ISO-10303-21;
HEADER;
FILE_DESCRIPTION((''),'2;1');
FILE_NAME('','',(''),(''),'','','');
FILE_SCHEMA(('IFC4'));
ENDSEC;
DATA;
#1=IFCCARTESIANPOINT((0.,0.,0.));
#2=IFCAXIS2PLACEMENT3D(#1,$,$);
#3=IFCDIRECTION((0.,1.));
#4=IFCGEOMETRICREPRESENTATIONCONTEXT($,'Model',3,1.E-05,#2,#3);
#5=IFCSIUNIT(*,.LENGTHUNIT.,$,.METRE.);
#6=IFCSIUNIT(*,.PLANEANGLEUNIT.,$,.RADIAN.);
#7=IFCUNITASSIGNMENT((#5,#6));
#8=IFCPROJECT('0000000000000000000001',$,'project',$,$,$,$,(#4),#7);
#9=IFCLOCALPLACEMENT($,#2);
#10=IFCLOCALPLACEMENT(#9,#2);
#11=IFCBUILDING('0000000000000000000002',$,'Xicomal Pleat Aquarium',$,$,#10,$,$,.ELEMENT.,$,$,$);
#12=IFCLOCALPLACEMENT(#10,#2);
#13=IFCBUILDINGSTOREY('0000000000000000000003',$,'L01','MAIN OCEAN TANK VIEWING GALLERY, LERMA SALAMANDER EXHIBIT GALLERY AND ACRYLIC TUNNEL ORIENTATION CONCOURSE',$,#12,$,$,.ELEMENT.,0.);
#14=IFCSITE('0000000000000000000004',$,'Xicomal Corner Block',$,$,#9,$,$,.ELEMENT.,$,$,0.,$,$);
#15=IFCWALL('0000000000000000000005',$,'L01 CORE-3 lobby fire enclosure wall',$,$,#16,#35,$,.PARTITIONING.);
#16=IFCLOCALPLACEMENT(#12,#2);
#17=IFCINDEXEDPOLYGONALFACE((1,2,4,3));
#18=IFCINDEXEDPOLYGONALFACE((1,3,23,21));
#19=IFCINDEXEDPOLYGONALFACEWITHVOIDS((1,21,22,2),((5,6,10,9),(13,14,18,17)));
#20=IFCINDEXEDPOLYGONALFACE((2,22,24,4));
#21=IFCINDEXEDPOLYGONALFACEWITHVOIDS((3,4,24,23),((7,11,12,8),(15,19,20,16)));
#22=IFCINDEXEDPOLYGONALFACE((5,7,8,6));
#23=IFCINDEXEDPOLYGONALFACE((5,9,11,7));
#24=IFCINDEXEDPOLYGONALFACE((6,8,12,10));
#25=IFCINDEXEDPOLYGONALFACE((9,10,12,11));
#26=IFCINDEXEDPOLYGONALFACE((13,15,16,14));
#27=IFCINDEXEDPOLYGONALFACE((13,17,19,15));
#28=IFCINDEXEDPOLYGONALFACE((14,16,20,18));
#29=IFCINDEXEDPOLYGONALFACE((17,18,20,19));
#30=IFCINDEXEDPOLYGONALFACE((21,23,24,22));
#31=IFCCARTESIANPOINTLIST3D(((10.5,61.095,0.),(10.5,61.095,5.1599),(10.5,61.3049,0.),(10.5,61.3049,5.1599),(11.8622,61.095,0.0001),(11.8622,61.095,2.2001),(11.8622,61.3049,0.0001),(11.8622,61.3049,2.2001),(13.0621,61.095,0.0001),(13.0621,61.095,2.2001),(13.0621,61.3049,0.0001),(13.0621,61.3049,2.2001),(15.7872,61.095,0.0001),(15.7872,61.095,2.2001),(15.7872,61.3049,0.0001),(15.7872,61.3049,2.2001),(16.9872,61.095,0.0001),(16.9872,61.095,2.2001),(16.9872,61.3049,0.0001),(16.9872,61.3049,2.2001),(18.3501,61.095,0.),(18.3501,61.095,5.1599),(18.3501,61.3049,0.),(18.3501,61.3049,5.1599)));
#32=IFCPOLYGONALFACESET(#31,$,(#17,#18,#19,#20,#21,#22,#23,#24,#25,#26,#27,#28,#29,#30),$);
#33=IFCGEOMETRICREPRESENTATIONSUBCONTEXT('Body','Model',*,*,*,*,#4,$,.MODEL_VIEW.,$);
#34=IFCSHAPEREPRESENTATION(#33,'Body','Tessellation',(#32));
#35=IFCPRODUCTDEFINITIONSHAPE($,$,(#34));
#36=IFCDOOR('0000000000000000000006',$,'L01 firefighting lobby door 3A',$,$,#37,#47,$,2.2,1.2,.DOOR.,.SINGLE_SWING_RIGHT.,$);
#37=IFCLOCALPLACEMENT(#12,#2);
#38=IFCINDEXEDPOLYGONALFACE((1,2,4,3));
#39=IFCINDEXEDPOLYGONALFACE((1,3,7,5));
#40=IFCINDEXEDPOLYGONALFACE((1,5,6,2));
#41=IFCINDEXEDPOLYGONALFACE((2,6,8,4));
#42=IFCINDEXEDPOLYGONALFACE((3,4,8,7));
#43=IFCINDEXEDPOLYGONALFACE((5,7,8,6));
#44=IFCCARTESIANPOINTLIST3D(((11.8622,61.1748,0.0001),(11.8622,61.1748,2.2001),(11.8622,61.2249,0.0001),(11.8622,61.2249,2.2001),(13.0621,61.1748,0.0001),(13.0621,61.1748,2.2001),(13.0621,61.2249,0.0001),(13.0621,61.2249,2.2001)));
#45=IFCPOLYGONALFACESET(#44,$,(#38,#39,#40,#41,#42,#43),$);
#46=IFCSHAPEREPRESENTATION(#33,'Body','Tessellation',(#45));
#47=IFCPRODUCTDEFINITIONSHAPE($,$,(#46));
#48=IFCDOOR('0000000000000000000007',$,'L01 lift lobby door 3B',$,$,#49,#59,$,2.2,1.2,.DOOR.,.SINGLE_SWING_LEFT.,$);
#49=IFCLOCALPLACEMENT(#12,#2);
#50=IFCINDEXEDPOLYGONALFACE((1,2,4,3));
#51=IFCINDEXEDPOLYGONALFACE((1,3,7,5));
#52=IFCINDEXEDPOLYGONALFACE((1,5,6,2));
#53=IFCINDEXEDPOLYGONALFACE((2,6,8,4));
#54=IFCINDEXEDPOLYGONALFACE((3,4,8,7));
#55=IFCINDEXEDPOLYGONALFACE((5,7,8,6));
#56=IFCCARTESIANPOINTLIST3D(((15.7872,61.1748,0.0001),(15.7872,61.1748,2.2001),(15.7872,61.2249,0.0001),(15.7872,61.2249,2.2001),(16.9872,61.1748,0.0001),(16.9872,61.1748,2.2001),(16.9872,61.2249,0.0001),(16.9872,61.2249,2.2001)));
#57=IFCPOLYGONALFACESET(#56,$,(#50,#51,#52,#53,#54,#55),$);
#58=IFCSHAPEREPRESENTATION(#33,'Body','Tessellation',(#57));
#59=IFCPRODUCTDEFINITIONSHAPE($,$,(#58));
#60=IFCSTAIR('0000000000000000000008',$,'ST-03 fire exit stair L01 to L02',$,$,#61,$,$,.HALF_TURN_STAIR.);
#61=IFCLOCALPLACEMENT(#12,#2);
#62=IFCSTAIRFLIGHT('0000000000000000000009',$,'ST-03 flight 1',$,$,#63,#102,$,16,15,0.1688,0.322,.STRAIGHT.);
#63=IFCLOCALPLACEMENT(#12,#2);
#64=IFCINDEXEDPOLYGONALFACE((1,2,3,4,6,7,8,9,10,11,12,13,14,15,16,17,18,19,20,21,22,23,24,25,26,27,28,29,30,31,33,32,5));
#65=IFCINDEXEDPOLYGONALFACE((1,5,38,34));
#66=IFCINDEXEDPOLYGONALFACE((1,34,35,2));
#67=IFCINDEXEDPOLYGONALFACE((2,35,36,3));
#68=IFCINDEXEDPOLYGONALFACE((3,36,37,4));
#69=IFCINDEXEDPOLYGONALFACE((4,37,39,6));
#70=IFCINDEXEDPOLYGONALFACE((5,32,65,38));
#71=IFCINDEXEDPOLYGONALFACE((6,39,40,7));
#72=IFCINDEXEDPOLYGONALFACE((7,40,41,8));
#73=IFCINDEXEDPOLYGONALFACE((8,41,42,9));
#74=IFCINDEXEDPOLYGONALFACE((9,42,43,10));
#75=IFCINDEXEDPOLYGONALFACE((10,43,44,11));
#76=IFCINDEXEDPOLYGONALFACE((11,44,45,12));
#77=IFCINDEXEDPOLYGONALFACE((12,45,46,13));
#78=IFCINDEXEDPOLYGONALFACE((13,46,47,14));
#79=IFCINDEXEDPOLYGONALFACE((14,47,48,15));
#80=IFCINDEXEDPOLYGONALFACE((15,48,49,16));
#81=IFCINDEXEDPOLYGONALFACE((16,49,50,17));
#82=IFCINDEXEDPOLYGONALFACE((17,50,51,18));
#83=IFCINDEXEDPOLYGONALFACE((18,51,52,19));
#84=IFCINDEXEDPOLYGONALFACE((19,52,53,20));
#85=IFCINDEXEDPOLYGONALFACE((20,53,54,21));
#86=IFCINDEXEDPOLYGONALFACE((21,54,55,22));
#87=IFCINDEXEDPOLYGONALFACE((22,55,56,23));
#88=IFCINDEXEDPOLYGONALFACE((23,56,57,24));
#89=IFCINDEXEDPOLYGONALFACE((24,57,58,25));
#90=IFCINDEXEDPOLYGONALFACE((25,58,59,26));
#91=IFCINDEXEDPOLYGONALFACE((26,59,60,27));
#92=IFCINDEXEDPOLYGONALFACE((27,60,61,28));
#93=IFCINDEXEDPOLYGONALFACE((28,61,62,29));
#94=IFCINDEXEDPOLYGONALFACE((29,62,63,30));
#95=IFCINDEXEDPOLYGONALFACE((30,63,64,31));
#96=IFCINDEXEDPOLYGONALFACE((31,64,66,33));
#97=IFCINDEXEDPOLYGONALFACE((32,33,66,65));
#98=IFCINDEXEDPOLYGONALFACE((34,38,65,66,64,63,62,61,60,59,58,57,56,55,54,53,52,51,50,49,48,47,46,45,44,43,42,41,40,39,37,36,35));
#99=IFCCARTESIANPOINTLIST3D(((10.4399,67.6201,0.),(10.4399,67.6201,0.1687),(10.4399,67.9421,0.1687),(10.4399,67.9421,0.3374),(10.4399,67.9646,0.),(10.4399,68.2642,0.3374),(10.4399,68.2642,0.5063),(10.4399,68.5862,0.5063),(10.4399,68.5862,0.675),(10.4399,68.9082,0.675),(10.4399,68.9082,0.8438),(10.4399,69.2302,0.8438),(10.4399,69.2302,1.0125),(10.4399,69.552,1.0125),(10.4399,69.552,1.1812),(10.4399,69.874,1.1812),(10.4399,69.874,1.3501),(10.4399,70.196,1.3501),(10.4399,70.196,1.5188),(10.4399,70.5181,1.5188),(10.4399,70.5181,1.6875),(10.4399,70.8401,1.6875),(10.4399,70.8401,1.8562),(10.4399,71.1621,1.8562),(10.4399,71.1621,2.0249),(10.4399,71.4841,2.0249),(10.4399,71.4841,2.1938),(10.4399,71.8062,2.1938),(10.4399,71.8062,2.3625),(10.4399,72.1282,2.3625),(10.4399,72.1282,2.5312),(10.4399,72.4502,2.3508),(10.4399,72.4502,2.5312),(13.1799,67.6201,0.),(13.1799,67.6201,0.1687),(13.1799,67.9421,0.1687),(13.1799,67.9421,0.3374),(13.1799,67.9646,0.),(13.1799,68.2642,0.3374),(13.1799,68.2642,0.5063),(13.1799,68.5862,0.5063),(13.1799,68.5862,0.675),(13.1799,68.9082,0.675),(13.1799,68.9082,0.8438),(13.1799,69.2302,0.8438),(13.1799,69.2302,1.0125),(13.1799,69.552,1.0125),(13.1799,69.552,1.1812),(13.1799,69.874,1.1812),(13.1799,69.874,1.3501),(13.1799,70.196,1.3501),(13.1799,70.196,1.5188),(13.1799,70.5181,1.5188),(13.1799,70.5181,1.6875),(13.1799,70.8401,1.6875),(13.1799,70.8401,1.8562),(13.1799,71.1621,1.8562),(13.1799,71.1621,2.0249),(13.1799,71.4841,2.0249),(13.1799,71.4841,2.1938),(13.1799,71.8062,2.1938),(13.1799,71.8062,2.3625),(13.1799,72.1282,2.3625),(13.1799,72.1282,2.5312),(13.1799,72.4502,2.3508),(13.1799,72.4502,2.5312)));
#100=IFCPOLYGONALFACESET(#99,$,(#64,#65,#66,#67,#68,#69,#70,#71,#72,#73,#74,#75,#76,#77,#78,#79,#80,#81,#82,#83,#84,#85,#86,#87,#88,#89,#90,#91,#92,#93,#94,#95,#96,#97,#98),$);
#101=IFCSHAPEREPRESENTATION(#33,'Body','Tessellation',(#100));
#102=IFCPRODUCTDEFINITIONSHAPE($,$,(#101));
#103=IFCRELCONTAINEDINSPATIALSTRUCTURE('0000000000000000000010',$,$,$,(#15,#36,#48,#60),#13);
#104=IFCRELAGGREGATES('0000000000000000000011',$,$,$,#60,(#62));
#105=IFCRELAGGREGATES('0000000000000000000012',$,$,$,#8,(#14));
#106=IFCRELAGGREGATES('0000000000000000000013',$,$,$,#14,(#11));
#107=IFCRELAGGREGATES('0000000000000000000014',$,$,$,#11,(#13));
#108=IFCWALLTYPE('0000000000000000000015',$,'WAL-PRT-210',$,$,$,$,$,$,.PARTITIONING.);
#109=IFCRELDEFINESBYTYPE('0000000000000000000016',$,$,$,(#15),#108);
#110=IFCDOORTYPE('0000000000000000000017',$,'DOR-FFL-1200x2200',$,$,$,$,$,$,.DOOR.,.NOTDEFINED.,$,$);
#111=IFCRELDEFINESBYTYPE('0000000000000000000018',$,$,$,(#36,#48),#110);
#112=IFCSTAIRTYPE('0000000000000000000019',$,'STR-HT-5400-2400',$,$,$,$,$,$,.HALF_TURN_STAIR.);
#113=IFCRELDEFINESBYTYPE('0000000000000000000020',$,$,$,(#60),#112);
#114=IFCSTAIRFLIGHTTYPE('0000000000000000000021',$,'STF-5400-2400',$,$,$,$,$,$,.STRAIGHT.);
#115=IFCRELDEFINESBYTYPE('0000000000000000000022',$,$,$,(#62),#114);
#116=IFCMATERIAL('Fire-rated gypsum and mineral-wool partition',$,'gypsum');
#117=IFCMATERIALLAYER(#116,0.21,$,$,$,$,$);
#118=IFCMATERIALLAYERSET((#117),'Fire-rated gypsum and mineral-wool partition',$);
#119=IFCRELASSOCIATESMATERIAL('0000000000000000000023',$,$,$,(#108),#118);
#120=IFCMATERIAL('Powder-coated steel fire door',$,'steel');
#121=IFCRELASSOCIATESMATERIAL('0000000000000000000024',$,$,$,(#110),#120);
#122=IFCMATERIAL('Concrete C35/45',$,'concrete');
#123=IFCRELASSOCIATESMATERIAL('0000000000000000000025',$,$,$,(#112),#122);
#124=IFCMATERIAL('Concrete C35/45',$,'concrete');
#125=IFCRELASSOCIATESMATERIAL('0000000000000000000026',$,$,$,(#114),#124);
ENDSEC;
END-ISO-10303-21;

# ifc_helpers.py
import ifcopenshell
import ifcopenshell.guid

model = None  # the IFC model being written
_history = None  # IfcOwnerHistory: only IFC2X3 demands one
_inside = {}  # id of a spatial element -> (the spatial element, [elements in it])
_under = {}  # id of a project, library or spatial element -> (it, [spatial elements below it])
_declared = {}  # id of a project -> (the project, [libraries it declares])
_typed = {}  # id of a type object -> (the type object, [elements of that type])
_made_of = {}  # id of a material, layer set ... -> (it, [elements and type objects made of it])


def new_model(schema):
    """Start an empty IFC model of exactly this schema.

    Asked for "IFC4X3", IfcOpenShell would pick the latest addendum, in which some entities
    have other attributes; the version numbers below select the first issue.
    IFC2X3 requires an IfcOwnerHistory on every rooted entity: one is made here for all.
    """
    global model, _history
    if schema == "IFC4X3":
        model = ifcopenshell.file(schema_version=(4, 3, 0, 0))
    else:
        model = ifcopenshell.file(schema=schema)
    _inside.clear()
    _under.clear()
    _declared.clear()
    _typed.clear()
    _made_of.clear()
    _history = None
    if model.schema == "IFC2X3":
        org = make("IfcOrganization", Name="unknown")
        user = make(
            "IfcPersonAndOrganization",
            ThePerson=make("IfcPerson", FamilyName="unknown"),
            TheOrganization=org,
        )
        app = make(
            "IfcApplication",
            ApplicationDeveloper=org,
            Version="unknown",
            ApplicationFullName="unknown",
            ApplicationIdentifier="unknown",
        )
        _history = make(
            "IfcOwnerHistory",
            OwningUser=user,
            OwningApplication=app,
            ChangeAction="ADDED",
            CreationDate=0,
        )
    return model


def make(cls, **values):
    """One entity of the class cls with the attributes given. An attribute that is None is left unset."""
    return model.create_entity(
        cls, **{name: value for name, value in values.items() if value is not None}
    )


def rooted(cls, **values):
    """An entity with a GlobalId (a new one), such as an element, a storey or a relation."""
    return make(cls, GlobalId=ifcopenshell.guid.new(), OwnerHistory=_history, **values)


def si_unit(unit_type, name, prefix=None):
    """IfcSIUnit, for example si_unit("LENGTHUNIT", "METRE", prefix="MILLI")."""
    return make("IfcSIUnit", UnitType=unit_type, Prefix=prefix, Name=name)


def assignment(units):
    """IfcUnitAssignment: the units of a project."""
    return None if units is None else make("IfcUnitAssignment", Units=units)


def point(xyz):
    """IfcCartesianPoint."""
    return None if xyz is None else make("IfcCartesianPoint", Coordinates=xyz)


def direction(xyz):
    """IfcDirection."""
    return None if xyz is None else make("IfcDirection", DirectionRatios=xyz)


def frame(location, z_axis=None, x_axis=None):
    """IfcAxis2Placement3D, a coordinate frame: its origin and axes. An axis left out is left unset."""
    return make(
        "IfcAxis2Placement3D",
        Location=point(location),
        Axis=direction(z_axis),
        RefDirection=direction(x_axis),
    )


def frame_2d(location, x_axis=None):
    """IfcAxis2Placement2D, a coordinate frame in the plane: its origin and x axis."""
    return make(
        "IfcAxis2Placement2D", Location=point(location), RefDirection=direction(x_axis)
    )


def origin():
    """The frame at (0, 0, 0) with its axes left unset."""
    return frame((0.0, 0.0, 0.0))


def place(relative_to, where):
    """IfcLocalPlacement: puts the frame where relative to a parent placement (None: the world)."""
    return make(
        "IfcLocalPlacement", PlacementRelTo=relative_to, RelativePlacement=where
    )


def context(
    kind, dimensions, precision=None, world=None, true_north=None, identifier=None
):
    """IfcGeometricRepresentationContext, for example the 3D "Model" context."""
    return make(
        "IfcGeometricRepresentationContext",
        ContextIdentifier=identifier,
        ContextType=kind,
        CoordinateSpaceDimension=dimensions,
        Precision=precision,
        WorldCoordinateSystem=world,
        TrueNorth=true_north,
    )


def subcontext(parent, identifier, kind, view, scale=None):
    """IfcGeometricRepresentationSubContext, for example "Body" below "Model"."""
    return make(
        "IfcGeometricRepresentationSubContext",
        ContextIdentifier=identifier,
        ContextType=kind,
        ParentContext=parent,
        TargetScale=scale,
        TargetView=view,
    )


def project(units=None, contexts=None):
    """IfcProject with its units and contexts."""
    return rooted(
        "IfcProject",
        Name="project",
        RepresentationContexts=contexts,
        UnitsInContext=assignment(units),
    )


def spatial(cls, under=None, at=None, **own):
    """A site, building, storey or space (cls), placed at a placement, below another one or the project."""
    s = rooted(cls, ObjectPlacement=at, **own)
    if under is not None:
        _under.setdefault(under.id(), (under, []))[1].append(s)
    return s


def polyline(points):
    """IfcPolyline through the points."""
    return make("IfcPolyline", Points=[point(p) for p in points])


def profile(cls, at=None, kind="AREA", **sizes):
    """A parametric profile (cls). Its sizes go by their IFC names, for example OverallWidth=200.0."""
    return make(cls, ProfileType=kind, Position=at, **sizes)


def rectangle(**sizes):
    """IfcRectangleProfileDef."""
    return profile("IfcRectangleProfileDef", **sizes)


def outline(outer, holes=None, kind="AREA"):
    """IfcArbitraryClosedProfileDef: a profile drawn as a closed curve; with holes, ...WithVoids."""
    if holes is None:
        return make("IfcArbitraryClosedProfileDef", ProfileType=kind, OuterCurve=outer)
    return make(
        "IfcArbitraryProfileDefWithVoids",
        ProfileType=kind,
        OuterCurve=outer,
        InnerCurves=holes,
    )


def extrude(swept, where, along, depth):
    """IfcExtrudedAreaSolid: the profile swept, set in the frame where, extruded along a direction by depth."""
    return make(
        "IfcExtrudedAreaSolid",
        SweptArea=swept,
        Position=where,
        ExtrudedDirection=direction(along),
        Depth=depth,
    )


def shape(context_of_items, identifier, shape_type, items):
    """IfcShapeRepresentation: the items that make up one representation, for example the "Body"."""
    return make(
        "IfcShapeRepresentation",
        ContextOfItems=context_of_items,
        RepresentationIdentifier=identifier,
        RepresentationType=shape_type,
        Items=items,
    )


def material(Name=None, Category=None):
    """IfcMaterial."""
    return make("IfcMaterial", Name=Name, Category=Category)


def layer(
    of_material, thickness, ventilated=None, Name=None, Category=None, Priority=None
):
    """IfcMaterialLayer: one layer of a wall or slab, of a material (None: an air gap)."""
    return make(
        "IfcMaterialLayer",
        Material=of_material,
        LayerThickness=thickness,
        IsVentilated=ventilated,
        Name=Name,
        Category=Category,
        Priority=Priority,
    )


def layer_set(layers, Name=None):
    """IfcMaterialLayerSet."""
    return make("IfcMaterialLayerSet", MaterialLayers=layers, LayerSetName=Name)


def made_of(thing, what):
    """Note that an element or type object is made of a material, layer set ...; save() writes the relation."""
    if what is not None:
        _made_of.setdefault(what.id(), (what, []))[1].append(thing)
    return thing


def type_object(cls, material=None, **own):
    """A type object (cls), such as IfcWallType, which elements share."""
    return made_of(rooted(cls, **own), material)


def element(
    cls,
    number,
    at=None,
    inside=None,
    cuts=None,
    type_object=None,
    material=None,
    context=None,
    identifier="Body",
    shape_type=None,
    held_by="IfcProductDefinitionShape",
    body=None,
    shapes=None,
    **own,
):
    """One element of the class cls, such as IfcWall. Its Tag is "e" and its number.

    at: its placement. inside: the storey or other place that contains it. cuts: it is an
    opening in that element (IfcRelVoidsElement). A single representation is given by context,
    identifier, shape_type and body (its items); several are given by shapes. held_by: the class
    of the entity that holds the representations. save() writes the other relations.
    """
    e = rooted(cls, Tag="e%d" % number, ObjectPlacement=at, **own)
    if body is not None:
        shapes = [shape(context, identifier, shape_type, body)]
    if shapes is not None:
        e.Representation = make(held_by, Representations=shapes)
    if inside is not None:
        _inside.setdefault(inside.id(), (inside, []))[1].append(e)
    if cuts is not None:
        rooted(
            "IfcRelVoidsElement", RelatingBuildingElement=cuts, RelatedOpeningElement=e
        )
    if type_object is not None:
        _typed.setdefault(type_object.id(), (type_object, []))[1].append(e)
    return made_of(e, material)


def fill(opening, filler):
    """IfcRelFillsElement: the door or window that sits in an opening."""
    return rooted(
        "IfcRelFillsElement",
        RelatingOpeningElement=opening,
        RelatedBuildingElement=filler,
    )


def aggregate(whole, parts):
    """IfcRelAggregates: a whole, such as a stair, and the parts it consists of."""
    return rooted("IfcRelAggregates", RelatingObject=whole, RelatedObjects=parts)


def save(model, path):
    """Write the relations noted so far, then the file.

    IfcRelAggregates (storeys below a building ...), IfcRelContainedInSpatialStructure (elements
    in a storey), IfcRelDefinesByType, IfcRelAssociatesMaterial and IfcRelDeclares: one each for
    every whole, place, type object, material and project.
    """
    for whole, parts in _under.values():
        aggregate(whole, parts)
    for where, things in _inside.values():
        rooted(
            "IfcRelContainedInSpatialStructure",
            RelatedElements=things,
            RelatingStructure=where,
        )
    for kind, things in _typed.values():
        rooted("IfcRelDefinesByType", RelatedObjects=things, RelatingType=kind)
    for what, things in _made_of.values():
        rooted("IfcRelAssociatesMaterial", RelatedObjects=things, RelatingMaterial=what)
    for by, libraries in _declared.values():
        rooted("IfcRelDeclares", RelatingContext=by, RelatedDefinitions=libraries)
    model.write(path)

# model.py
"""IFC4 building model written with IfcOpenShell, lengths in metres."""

from ifc_helpers import new_model, si_unit, direction, frame, frame_2d, origin, place, context, subcontext, project, spatial, polyline, rectangle, outline, extrude, material, layer, layer_set, type_object, element, fill, aggregate, save


model = new_model("IFC4")

# Units and contexts
model_context = context("Model", 3, precision=1e-05, world=origin(), true_north=direction((0.0, 1.0)))
body_context = subcontext(model_context, "Body", "Model", "MODEL_VIEW")
ifc_project = project(units=[si_unit("LENGTHUNIT", "METRE"), si_unit("PLANEANGLEUNIT", "RADIAN")], contexts=[model_context])

# Site, building, storey
site_placement = place(None, origin())
site = spatial("IfcSite", under=ifc_project, at=site_placement, Name="Xicomal Corner Block", CompositionType="ELEMENT", RefElevation=0.0)
building_placement = place(site_placement, origin())
building = spatial("IfcBuilding", under=site, at=building_placement, Name="Xicomal Pleat Aquarium", CompositionType="ELEMENT")
storey_placement = place(building_placement, origin())
storey = spatial("IfcBuildingStorey", under=building, at=storey_placement, Name="L01", Description="MAIN OCEAN TANK VIEWING GALLERY, LERMA SALAMANDER EXHIBIT GALLERY AND ACRYLIC TUNNEL ORIENTATION CONCOURSE", CompositionType="ELEMENT", Elevation=0.0)

# Wall, openings, doors
ifc_material_1 = material(Name="Fire-rated gypsum and mineral-wool partition", Category="gypsum")
ifc_layer_1 = layer(ifc_material_1, 0.21)
ifc_layer_set_1 = layer_set([ifc_layer_1], Name="Fire-rated gypsum and mineral-wool partition")
wall_type_1 = type_object("IfcWallType", Name="WAL-PRT-210", PredefinedType="PARTITIONING", material=ifc_layer_set_1)
wall_1_placement = place(storey_placement, frame((10.5, 61.2, 0.0), z_axis=(0.0, 0.0, 1.0), x_axis=(1.0, 0.0, 0.0)))
wall_1 = element("IfcWall", 1, at=wall_1_placement, inside=storey, type_object=wall_type_1, Name="L01 CORE-3 lobby fire enclosure wall", PredefinedType="PARTITIONING", context=body_context, shape_type="SweptSolid", body=[
    extrude(rectangle(XDim=7.8501, YDim=0.21, at=frame_2d((3.925, 0.0))), origin(), (0.0, 0.0, 1.0), 5.1599),
])
opening_1_placement = place(wall_1_placement, frame((1.3621, 0.0, 0.0)))
opening_1 = element("IfcOpeningElement", 2, at=opening_1_placement, cuts=wall_1, PredefinedType="OPENING", context=body_context, shape_type="SweptSolid", body=[
    extrude(rectangle(XDim=1.2, YDim=2.2, at=frame_2d((0.6001, 1.1001))), frame((0.0, 0.115, 0.0), z_axis=(0.0, -1.0, 0.0), x_axis=(1.0, 0.0, 0.0)), (0.0, 0.0, 1.0), 0.23),
])
opening_2_placement = place(wall_1_placement, frame((5.2871, 0.0, 0.0)))
opening_2 = element("IfcOpeningElement", 3, at=opening_2_placement, cuts=wall_1, PredefinedType="OPENING", context=body_context, shape_type="SweptSolid", body=[
    extrude(rectangle(XDim=1.2, YDim=2.2, at=frame_2d((0.6001, 1.1001))), frame((0.0, 0.115, 0.0), z_axis=(0.0, -1.0, 0.0), x_axis=(1.0, 0.0, 0.0)), (0.0, 0.0, 1.0), 0.23),
])
ifc_material_2 = material(Name="Powder-coated steel fire door", Category="steel")
door_type_1 = type_object("IfcDoorType", Name="DOR-FFL-1200x2200", OperationType="NOTDEFINED", PredefinedType="DOOR", material=ifc_material_2)
door_1_placement = place(opening_1_placement, origin())
door_1 = element("IfcDoor", 4, at=door_1_placement, inside=storey, type_object=door_type_1, Name="L01 firefighting lobby door 3A", OperationType="SINGLE_SWING_RIGHT", OverallHeight=2.2, OverallWidth=1.2, PredefinedType="DOOR", context=body_context, shape_type="SweptSolid", body=[
    extrude(rectangle(XDim=1.2, YDim=2.2, at=frame_2d((0.6001, 1.1001))), frame((0.0, 0.0249, 0.0), z_axis=(0.0, -1.0, 0.0), x_axis=(1.0, 0.0, 0.0)), (0.0, 0.0, 1.0), 0.05),
])
fill(opening_1, door_1)
door_2_placement = place(opening_2_placement, origin())
door_2 = element("IfcDoor", 5, at=door_2_placement, inside=storey, type_object=door_type_1, Name="L01 lift lobby door 3B", OperationType="SINGLE_SWING_LEFT", OverallHeight=2.2, OverallWidth=1.2, PredefinedType="DOOR", context=body_context, shape_type="SweptSolid", body=[
    extrude(rectangle(XDim=1.2, YDim=2.2, at=frame_2d((0.6001, 1.1001))), frame((0.0, 0.0249, 0.0), z_axis=(0.0, -1.0, 0.0), x_axis=(1.0, 0.0, 0.0)), (0.0, 0.0, 1.0), 0.05),
])
fill(opening_2, door_2)

# Stair, stair flight
ifc_material_3 = material(Name="Concrete C35/45", Category="concrete")
stair_type = type_object("IfcStairType", Name="STR-HT-5400-2400", PredefinedType="HALF_TURN_STAIR", material=ifc_material_3)
stair_placement = place(storey_placement, origin())
stair = element("IfcStair", 6, at=stair_placement, inside=storey, type_object=stair_type, Name="ST-03 fire exit stair L01 to L02", PredefinedType="HALF_TURN_STAIR")
ifc_material_4 = material(Name="Concrete C35/45", Category="concrete")
stair_flight_type = type_object("IfcStairFlightType", Name="STF-5400-2400", PredefinedType="STRAIGHT", material=ifc_material_4)
stair_flight_placement = place(storey_placement, frame((11.8101, 67.6201, 0.0), z_axis=(0.0, 0.0, 1.0), x_axis=(0.0, 1.0, 0.0)))
stair_flight = element("IfcStairFlight", 7, at=stair_flight_placement, type_object=stair_flight_type, Name="ST-03 flight 1", NumberOfRisers=16, NumberOfTreads=15, PredefinedType="STRAIGHT", RiserHeight=0.1688, TreadLength=0.322, context=body_context, shape_type="SweptSolid", body=[
    extrude(outline(polyline([(0.0, 0.0), (0.0, 0.1687), (0.322, 0.1687), (0.322, 0.3374), (0.644, 0.3374), (0.644, 0.5063), (0.9661, 0.5063), (0.9661, 0.675), (1.2881, 0.675), (1.2881, 0.8438), (1.6101, 0.8438), (1.6101, 1.0125), (1.9319, 1.0125), (1.9319, 1.1812), (2.2539, 1.1812), (2.2539, 1.3501), (2.5759, 1.3501), (2.5759, 1.5188), (2.8979, 1.5188), (2.8979, 1.6875), (3.22, 1.6875), (3.22, 1.8562), (3.542, 1.8562), (3.542, 2.0249), (3.864, 2.0249), (3.864, 2.1938), (4.186, 2.1938), (4.186, 2.3625), (4.5081, 2.3625), (4.5081, 2.5312), (4.8301, 2.5312), (4.8301, 2.7), (4.8301, 2.3508), (0.3445, 0.0), (0.0, 0.0)])), frame((0.0, 1.3701, 0.0), z_axis=(0.0, -1.0, 0.0), x_axis=(1.0, 0.0, 0.0)), (0.0, 0.0, 1.0), 2.74),
])
aggregate(stair, [stair_flight])

save(model, "model.ifc")
